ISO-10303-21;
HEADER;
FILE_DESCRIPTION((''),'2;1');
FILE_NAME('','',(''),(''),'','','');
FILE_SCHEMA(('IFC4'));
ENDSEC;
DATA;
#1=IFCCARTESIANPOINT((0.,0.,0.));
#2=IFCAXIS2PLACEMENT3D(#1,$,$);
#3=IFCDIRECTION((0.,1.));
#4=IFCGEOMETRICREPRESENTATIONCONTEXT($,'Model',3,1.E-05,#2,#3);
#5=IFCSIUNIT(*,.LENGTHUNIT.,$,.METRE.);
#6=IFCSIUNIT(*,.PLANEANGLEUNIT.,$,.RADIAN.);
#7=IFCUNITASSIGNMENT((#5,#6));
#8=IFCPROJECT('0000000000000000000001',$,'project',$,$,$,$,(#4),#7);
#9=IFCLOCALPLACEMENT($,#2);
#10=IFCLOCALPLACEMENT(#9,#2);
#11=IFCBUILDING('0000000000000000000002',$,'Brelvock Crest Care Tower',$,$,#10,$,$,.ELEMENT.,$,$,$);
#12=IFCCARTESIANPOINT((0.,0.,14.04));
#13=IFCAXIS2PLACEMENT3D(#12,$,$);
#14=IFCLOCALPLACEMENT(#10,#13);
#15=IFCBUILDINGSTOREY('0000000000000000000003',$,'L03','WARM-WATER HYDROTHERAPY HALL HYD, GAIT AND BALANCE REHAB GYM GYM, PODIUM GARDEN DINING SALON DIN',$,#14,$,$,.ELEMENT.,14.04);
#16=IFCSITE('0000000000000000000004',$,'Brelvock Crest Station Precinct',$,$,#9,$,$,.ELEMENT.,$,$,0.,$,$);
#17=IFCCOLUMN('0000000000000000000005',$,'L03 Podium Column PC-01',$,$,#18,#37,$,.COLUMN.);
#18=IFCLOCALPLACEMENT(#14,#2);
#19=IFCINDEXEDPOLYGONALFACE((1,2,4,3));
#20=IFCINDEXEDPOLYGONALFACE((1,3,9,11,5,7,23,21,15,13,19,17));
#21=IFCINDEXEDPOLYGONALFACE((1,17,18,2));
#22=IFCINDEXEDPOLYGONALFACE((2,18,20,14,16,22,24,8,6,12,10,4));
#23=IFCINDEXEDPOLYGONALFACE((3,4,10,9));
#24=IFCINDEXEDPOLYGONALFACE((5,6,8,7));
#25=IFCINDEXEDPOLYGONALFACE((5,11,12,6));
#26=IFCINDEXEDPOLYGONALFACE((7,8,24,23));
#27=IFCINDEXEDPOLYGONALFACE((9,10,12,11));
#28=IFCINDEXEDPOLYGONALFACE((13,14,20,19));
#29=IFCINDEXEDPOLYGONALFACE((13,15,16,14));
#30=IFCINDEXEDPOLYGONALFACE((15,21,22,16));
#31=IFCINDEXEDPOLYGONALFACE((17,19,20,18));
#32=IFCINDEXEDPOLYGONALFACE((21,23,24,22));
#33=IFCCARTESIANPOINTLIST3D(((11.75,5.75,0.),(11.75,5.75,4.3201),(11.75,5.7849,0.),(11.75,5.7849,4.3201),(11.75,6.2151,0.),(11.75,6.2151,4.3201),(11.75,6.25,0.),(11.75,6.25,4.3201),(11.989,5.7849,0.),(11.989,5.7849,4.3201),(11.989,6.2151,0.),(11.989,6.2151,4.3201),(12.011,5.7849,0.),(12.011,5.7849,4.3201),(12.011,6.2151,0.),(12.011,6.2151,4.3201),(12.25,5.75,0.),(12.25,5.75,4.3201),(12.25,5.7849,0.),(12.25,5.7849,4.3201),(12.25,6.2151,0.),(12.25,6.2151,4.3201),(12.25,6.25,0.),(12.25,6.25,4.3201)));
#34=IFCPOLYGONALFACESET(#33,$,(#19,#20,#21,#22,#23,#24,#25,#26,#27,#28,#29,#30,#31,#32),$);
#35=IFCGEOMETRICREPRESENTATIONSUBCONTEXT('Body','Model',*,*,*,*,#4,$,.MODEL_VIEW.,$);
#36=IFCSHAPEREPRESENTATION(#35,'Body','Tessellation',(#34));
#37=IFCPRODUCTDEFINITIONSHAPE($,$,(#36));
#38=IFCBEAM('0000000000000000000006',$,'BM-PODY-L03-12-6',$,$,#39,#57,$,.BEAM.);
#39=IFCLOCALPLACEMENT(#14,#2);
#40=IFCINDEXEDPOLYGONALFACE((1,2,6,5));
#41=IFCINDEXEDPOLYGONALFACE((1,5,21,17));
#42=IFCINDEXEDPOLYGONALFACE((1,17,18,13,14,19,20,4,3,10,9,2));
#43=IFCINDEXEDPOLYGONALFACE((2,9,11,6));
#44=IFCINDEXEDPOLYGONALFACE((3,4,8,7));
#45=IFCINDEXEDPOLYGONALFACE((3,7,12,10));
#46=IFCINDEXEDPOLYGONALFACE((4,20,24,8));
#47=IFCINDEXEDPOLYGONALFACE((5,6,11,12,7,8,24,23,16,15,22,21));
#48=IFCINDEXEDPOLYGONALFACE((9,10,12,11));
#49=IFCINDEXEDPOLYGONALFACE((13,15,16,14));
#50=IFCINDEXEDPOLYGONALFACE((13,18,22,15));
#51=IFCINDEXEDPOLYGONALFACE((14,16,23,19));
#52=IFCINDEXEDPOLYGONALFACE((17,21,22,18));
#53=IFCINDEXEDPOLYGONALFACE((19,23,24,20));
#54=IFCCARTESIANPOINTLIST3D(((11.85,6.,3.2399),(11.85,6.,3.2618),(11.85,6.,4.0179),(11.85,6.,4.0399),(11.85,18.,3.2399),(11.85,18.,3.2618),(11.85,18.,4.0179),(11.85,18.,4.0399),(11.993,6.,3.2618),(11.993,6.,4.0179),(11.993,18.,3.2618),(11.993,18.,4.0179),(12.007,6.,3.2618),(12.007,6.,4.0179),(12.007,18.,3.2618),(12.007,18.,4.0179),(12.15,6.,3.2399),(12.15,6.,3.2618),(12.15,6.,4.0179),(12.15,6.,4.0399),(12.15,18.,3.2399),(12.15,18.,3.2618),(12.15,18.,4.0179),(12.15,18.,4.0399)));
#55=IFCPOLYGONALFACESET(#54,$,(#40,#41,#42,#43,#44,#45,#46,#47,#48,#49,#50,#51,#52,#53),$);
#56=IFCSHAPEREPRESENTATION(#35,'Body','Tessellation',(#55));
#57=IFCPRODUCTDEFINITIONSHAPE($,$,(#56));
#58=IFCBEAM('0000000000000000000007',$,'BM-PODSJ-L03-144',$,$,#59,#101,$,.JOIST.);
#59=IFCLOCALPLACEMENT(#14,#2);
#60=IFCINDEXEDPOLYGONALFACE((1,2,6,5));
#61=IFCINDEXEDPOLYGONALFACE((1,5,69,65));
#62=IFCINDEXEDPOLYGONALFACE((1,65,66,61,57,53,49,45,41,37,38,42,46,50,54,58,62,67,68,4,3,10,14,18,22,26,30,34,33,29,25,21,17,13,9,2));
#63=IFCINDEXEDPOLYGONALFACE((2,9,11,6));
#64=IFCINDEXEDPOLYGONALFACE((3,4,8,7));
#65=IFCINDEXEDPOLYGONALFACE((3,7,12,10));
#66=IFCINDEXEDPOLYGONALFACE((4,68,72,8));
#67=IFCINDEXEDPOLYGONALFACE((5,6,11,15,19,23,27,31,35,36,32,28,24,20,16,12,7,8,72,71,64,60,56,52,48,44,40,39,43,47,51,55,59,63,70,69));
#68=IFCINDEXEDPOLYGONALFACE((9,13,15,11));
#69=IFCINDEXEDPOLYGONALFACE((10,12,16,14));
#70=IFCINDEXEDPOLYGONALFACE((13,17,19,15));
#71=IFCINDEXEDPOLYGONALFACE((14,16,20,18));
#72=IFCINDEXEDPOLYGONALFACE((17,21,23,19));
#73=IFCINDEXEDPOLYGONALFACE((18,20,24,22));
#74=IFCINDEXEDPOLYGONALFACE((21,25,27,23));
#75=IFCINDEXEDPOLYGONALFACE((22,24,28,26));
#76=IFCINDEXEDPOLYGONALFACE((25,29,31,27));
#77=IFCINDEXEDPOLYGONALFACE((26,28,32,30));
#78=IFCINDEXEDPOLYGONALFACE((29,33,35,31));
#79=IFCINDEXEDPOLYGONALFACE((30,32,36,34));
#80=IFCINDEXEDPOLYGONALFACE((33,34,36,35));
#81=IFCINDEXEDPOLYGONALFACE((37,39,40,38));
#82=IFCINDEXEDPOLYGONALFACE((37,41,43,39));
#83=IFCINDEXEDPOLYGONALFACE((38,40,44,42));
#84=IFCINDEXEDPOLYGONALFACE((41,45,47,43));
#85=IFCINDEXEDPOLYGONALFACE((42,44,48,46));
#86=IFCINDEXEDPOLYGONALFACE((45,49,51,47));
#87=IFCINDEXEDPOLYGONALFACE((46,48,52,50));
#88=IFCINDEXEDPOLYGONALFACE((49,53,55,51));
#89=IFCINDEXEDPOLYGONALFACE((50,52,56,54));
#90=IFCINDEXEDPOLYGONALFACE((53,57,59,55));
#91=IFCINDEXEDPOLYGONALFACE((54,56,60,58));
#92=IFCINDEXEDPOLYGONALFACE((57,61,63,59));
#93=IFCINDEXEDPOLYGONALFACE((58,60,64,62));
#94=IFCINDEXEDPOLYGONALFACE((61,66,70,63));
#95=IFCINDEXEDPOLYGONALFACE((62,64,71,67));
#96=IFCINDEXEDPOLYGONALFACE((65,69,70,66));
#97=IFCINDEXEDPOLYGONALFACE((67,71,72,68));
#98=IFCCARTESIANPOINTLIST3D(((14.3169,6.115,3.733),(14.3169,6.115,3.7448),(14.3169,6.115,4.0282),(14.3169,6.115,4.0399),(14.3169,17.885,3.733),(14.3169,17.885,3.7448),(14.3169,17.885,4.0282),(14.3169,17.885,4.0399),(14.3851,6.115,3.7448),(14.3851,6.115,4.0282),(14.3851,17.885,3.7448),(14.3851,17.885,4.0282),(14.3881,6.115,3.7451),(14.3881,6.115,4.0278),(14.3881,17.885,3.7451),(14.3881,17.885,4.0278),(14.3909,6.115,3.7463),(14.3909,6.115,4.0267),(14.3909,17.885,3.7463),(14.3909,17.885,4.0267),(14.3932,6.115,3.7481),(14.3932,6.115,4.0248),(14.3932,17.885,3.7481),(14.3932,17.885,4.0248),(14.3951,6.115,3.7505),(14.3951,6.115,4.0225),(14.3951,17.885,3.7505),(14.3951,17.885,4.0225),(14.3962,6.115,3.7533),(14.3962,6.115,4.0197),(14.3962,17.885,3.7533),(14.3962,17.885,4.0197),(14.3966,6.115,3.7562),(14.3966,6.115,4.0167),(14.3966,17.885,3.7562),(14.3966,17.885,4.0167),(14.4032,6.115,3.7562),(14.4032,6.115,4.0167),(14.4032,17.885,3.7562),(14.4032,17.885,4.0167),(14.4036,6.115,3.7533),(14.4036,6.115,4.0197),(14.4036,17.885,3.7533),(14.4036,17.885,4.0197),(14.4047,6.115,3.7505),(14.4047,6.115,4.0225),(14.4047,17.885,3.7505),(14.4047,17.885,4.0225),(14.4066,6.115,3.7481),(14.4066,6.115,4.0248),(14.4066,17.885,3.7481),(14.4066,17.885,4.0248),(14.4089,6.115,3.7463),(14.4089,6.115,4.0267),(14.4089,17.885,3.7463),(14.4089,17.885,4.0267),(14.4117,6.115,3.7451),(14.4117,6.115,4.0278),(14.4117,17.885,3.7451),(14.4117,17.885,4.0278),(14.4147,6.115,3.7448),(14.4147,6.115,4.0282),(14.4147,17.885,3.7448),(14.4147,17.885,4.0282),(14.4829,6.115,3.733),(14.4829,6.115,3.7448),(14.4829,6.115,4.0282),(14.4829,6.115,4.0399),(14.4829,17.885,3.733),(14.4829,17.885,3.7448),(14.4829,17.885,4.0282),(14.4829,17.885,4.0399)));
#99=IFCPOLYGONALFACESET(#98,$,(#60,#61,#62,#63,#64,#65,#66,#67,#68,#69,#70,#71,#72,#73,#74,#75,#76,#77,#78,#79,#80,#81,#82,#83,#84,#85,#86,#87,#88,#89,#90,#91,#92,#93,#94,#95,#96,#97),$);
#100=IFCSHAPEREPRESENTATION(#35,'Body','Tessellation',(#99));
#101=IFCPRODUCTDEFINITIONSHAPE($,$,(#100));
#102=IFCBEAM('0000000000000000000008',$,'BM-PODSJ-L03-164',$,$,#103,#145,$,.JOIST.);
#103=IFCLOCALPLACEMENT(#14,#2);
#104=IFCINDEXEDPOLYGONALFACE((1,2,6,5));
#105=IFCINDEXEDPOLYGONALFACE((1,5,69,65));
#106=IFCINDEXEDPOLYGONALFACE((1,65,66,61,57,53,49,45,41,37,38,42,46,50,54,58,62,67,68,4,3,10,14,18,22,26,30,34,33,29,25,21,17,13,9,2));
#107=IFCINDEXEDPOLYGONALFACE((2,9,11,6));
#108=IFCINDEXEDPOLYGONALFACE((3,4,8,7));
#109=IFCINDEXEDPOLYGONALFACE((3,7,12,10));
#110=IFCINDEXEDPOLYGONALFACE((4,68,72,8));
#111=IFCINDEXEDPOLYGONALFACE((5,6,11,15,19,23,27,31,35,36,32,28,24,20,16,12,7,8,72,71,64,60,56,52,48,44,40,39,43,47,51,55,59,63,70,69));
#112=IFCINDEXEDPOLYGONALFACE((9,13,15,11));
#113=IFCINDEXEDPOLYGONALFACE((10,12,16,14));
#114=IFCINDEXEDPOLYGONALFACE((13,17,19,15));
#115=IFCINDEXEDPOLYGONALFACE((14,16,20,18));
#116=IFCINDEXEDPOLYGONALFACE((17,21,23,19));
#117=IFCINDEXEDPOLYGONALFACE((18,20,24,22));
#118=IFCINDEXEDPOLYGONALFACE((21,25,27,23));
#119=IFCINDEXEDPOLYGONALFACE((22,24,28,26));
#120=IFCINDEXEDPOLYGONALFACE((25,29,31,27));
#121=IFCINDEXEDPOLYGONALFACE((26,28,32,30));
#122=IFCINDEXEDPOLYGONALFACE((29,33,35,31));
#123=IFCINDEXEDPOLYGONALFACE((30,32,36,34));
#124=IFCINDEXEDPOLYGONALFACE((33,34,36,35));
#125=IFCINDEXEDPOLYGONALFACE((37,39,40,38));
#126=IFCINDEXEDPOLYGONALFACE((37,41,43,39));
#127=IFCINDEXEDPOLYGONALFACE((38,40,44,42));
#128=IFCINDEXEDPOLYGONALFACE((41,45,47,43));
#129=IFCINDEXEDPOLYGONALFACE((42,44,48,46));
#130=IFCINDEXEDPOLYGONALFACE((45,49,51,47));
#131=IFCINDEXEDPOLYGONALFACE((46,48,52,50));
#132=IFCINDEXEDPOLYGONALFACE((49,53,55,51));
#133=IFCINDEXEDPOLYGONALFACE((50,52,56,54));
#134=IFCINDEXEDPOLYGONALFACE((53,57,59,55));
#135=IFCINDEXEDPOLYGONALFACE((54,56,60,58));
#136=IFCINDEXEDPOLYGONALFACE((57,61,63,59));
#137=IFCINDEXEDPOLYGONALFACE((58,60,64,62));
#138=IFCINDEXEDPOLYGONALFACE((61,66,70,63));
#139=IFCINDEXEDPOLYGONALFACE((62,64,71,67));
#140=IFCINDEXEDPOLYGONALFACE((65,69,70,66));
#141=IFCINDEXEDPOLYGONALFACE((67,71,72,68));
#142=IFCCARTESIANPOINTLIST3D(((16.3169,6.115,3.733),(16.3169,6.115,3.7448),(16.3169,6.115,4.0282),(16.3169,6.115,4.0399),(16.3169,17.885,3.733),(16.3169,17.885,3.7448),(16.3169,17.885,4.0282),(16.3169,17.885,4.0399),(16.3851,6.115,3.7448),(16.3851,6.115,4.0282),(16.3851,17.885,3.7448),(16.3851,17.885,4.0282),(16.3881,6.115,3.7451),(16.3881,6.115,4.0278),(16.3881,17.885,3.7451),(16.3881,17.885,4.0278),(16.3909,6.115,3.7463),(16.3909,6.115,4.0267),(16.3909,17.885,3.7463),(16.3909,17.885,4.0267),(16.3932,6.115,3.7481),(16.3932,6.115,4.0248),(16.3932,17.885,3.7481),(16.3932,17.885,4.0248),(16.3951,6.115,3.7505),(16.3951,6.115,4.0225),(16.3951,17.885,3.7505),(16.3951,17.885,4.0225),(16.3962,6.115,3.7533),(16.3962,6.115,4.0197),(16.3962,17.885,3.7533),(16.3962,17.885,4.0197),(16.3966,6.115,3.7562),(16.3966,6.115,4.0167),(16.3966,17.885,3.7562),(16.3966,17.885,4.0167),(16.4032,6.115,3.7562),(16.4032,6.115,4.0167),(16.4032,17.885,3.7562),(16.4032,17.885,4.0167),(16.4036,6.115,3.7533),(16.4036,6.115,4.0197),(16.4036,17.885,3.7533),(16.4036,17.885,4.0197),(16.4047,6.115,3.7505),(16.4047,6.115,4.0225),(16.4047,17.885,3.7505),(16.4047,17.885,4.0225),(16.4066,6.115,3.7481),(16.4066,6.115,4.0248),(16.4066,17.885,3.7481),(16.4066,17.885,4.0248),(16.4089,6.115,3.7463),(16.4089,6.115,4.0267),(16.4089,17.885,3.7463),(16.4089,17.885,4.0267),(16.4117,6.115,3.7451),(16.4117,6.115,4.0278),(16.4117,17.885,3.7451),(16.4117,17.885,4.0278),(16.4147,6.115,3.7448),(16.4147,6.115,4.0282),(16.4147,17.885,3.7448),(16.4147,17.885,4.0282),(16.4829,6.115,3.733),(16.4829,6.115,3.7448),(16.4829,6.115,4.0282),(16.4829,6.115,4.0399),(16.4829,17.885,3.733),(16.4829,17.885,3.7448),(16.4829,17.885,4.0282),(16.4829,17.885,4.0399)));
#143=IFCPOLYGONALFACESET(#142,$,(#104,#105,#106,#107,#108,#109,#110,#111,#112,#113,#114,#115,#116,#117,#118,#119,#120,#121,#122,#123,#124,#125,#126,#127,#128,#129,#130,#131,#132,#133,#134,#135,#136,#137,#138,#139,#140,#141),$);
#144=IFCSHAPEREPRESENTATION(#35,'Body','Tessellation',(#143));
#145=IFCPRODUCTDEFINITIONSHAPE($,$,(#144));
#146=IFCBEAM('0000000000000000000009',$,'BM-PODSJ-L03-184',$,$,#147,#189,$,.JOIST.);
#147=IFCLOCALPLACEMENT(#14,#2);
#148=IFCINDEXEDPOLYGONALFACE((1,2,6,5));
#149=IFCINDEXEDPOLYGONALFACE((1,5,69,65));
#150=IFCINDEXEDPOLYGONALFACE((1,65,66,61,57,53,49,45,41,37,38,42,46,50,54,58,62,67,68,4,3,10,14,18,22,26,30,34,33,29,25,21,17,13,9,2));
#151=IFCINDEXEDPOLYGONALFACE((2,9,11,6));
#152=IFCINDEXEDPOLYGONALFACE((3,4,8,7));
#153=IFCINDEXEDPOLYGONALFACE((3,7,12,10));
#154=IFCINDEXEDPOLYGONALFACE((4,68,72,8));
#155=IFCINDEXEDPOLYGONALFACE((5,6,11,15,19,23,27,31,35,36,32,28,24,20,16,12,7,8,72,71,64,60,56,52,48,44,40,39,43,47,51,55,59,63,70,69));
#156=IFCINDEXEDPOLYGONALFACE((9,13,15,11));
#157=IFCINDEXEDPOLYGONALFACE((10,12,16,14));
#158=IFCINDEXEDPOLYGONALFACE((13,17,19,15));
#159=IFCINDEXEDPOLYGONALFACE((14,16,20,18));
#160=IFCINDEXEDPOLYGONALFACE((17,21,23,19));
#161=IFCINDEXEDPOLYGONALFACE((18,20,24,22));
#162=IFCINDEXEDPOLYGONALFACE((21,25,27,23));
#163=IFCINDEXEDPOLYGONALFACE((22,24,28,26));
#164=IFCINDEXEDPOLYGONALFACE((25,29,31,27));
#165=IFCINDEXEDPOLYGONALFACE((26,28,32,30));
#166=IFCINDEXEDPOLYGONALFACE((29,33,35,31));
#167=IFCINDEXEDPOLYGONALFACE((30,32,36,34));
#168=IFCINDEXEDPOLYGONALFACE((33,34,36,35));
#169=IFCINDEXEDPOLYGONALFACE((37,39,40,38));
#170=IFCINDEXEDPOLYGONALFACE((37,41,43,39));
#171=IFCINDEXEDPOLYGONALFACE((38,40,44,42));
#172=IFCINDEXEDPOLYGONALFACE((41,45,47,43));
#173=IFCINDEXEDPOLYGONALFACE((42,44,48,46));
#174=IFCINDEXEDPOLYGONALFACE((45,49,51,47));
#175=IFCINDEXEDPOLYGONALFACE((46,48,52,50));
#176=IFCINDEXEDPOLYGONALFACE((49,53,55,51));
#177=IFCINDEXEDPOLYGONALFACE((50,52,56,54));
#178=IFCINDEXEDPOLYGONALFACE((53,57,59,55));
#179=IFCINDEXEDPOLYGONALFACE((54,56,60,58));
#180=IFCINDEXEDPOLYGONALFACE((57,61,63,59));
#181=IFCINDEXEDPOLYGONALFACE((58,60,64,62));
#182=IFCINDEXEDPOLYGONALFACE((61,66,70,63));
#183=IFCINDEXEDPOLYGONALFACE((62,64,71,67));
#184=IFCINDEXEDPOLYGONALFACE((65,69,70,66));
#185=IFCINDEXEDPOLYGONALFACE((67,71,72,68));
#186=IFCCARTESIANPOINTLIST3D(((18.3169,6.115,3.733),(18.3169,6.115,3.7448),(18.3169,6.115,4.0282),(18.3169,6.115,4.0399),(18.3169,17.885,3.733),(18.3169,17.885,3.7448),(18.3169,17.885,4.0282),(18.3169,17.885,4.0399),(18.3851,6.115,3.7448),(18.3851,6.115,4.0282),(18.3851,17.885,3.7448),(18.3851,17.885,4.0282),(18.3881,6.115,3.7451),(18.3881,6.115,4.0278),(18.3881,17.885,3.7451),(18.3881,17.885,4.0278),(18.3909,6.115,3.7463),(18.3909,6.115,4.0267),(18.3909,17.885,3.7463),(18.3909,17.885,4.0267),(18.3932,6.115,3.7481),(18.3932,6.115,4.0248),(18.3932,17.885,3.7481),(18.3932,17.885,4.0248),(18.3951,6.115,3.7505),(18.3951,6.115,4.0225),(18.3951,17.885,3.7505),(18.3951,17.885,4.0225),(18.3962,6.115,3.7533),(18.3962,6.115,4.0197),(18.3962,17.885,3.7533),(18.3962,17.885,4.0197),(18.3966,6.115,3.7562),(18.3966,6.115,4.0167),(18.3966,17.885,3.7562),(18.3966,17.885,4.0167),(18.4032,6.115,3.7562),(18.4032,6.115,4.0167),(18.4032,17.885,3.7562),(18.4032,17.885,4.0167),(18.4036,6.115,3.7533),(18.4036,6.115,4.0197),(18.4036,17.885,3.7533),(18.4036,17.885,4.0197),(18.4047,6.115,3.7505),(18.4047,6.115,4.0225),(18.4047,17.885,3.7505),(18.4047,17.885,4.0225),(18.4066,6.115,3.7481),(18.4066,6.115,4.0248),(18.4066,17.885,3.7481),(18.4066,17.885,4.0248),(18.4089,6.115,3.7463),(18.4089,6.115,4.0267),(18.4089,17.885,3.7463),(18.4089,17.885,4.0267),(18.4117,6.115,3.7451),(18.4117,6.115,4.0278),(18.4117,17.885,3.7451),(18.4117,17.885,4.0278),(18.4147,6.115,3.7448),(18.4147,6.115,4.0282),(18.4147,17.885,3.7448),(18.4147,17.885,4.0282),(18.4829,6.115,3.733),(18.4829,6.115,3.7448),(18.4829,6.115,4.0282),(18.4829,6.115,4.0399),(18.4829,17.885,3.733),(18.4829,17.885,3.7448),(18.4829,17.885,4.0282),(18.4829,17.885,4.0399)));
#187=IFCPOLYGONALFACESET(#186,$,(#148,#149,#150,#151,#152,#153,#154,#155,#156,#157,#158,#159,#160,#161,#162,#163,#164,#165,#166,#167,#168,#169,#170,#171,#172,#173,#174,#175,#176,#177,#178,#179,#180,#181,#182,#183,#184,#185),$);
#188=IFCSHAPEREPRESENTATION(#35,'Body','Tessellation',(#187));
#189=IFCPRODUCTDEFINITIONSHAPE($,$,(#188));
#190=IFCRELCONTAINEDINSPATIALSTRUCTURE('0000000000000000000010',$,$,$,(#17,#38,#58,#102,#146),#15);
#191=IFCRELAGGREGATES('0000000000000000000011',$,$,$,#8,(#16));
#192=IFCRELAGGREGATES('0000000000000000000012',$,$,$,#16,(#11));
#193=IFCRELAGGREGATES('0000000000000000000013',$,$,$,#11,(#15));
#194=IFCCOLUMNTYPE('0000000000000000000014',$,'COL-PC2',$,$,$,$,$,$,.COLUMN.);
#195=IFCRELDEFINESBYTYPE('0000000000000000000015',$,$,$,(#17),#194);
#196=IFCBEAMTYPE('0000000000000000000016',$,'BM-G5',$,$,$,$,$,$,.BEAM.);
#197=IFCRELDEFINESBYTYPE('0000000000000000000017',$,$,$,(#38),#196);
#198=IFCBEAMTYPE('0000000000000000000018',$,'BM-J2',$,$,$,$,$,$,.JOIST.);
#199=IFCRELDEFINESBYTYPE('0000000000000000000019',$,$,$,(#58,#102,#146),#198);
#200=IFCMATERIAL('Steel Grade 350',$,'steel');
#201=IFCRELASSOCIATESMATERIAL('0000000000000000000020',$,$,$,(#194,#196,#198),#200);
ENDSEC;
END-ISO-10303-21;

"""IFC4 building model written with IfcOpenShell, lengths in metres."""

from ifc_helpers import new_model, si_unit, direction, frame, origin, origin_2d, place, context, subcontext, project, spatial, i_section, extrude, source, transform, mapped, material, material_profile, profile_set, type_object, element, save


model = new_model("IFC4")

# Units and contexts
model_context = context("Model", 3, precision=1e-05, world=origin(), true_north=direction((0.0, 1.0)))
body_context = subcontext(model_context, "Body", "Model", "MODEL_VIEW")
ifc_project = project(units=[si_unit("LENGTHUNIT", "METRE"), si_unit("PLANEANGLEUNIT", "RADIAN")], contexts=[model_context])

# Site, building, storey
site_placement = place(None, origin())
site = spatial("IfcSite", under=ifc_project, at=site_placement, Name="Brelvock Crest Station Precinct", CompositionType="ELEMENT", RefElevation=0.0)
building_placement = place(site_placement, origin())
building = spatial("IfcBuilding", under=site, at=building_placement, Name="Brelvock Crest Care Tower", CompositionType="ELEMENT")
storey_placement = place(building_placement, frame((0.0, 0.0, 14.04)))
storey = spatial("IfcBuildingStorey", under=building, at=storey_placement, Name="L03", Description="WARM-WATER HYDROTHERAPY HALL HYD, GAIT AND BALANCE REHAB GYM GYM, PODIUM GARDEN DINING SALON DIN", CompositionType="ELEMENT", Elevation=14.04)

# Column
ifc_material_1 = material(Name="Steel Grade 350", Category="steel")
ifc_material_profile_1 = material_profile(ifc_material_1, i_section(OverallWidth=0.5, OverallDepth=0.5, WebThickness=0.022, FlangeThickness=0.0349, at=origin_2d()), Name="500WC340")
ifc_profile_set_1 = profile_set([ifc_material_profile_1], Name="Steel Grade 350")
column_type = type_object("IfcColumnType", Name="COL-PC2", PredefinedType="COLUMN", material=ifc_profile_set_1)
shared_shape_1 = source(origin(), body_context, "Body", "SweptSolid", [
    extrude(i_section(OverallWidth=0.5, OverallDepth=0.5, WebThickness=0.022, FlangeThickness=0.0349, at=origin_2d()), origin(), (0.0, 0.0, 1.0), 4.3201),
])
column_placement = place(storey_placement, frame((12.0, 6.0, 0.0), z_axis=(0.0, 0.0, 1.0), x_axis=(1.0, 0.0, 0.0)))
element("IfcColumn", 1, at=column_placement, inside=storey, type_object=column_type, Name="L03 Podium Column PC-01", PredefinedType="COLUMN", context=body_context, shape_type="MappedRepresentation", body=[
    mapped(shared_shape_1, transform((0.0, 0.0, 0.0), x_axis=(1.0, 0.0, 0.0), y_axis=(0.0, 1.0, 0.0), z_axis=(0.0, 0.0, 1.0), scale=1.0)),
])

# Beams
ifc_material_profile_2 = material_profile(ifc_material_1, i_section(OverallWidth=0.3, OverallDepth=0.8, WebThickness=0.0139, FlangeThickness=0.022, at=origin_2d()), Name="800WB192")
ifc_profile_set_2 = profile_set([ifc_material_profile_2], Name="Steel Grade 350")
beam_type_1 = type_object("IfcBeamType", Name="BM-G5", PredefinedType="BEAM", material=ifc_profile_set_2)
shared_shape_2 = source(origin(), body_context, "Body", "SweptSolid", [
    extrude(i_section(OverallWidth=0.3, OverallDepth=0.8, WebThickness=0.0139, FlangeThickness=0.022, at=origin_2d()), origin(), (0.0, 0.0, 1.0), 12.0),
])
beam_1_placement = place(storey_placement, frame((12.0, 6.0, 3.6399), z_axis=(0.0, 1.0, 0.0), x_axis=(-1.0, 0.0, 0.0)))
element("IfcBeam", 2, at=beam_1_placement, inside=storey, type_object=beam_type_1, Name="BM-PODY-L03-12-6", PredefinedType="BEAM", context=body_context, shape_type="MappedRepresentation", body=[
    mapped(shared_shape_2, transform((0.0, 0.0, 0.0), x_axis=(1.0, 0.0, 0.0), y_axis=(0.0, 1.0, 0.0), z_axis=(0.0, 0.0, 1.0), scale=1.0)),
])
ifc_material_profile_3 = material_profile(ifc_material_1, i_section(OverallWidth=0.166, OverallDepth=0.3069, WebThickness=0.0066, FlangeThickness=0.0117, FilletRadius=0.0115, at=origin_2d()), Name="310UB46.2")
ifc_profile_set_3 = profile_set([ifc_material_profile_3], Name="Steel Grade 350")
beam_type_2 = type_object("IfcBeamType", Name="BM-J2", PredefinedType="JOIST", material=ifc_profile_set_3)
shared_shape_3 = source(origin(), body_context, "Body", "SweptSolid", [
    extrude(i_section(OverallWidth=0.166, OverallDepth=0.3069, WebThickness=0.0066, FlangeThickness=0.0117, FilletRadius=0.0115, at=origin_2d()), origin(), (0.0, 0.0, 1.0), 11.77),
])
for number, where, z_axis, x_axis, name in (
    (3, (14.3999, 6.115, 3.8865), (0.0, 1.0, 0.0), (-1.0, 0.0, 0.0), "BM-PODSJ-L03-144"),
    (4, (16.3999, 6.115, 3.8865), (0.0, 1.0, 0.0), (-1.0, 0.0, 0.0), "BM-PODSJ-L03-164"),
    (5, (18.3999, 6.115, 3.8865), (0.0, 1.0, 0.0), (-1.0, 0.0, 0.0), "BM-PODSJ-L03-184"),
):
    element("IfcBeam", number, at=place(storey_placement, frame(where, z_axis=z_axis, x_axis=x_axis)), inside=storey, type_object=beam_type_2, Name=name, PredefinedType="JOIST", context=body_context, shape_type="MappedRepresentation", body=[
        mapped(shared_shape_3, transform((0.0, 0.0, 0.0), x_axis=(1.0, 0.0, 0.0), y_axis=(0.0, 1.0, 0.0), z_axis=(0.0, 0.0, 1.0), scale=1.0)),
    ])

save(model, "model.ifc")
